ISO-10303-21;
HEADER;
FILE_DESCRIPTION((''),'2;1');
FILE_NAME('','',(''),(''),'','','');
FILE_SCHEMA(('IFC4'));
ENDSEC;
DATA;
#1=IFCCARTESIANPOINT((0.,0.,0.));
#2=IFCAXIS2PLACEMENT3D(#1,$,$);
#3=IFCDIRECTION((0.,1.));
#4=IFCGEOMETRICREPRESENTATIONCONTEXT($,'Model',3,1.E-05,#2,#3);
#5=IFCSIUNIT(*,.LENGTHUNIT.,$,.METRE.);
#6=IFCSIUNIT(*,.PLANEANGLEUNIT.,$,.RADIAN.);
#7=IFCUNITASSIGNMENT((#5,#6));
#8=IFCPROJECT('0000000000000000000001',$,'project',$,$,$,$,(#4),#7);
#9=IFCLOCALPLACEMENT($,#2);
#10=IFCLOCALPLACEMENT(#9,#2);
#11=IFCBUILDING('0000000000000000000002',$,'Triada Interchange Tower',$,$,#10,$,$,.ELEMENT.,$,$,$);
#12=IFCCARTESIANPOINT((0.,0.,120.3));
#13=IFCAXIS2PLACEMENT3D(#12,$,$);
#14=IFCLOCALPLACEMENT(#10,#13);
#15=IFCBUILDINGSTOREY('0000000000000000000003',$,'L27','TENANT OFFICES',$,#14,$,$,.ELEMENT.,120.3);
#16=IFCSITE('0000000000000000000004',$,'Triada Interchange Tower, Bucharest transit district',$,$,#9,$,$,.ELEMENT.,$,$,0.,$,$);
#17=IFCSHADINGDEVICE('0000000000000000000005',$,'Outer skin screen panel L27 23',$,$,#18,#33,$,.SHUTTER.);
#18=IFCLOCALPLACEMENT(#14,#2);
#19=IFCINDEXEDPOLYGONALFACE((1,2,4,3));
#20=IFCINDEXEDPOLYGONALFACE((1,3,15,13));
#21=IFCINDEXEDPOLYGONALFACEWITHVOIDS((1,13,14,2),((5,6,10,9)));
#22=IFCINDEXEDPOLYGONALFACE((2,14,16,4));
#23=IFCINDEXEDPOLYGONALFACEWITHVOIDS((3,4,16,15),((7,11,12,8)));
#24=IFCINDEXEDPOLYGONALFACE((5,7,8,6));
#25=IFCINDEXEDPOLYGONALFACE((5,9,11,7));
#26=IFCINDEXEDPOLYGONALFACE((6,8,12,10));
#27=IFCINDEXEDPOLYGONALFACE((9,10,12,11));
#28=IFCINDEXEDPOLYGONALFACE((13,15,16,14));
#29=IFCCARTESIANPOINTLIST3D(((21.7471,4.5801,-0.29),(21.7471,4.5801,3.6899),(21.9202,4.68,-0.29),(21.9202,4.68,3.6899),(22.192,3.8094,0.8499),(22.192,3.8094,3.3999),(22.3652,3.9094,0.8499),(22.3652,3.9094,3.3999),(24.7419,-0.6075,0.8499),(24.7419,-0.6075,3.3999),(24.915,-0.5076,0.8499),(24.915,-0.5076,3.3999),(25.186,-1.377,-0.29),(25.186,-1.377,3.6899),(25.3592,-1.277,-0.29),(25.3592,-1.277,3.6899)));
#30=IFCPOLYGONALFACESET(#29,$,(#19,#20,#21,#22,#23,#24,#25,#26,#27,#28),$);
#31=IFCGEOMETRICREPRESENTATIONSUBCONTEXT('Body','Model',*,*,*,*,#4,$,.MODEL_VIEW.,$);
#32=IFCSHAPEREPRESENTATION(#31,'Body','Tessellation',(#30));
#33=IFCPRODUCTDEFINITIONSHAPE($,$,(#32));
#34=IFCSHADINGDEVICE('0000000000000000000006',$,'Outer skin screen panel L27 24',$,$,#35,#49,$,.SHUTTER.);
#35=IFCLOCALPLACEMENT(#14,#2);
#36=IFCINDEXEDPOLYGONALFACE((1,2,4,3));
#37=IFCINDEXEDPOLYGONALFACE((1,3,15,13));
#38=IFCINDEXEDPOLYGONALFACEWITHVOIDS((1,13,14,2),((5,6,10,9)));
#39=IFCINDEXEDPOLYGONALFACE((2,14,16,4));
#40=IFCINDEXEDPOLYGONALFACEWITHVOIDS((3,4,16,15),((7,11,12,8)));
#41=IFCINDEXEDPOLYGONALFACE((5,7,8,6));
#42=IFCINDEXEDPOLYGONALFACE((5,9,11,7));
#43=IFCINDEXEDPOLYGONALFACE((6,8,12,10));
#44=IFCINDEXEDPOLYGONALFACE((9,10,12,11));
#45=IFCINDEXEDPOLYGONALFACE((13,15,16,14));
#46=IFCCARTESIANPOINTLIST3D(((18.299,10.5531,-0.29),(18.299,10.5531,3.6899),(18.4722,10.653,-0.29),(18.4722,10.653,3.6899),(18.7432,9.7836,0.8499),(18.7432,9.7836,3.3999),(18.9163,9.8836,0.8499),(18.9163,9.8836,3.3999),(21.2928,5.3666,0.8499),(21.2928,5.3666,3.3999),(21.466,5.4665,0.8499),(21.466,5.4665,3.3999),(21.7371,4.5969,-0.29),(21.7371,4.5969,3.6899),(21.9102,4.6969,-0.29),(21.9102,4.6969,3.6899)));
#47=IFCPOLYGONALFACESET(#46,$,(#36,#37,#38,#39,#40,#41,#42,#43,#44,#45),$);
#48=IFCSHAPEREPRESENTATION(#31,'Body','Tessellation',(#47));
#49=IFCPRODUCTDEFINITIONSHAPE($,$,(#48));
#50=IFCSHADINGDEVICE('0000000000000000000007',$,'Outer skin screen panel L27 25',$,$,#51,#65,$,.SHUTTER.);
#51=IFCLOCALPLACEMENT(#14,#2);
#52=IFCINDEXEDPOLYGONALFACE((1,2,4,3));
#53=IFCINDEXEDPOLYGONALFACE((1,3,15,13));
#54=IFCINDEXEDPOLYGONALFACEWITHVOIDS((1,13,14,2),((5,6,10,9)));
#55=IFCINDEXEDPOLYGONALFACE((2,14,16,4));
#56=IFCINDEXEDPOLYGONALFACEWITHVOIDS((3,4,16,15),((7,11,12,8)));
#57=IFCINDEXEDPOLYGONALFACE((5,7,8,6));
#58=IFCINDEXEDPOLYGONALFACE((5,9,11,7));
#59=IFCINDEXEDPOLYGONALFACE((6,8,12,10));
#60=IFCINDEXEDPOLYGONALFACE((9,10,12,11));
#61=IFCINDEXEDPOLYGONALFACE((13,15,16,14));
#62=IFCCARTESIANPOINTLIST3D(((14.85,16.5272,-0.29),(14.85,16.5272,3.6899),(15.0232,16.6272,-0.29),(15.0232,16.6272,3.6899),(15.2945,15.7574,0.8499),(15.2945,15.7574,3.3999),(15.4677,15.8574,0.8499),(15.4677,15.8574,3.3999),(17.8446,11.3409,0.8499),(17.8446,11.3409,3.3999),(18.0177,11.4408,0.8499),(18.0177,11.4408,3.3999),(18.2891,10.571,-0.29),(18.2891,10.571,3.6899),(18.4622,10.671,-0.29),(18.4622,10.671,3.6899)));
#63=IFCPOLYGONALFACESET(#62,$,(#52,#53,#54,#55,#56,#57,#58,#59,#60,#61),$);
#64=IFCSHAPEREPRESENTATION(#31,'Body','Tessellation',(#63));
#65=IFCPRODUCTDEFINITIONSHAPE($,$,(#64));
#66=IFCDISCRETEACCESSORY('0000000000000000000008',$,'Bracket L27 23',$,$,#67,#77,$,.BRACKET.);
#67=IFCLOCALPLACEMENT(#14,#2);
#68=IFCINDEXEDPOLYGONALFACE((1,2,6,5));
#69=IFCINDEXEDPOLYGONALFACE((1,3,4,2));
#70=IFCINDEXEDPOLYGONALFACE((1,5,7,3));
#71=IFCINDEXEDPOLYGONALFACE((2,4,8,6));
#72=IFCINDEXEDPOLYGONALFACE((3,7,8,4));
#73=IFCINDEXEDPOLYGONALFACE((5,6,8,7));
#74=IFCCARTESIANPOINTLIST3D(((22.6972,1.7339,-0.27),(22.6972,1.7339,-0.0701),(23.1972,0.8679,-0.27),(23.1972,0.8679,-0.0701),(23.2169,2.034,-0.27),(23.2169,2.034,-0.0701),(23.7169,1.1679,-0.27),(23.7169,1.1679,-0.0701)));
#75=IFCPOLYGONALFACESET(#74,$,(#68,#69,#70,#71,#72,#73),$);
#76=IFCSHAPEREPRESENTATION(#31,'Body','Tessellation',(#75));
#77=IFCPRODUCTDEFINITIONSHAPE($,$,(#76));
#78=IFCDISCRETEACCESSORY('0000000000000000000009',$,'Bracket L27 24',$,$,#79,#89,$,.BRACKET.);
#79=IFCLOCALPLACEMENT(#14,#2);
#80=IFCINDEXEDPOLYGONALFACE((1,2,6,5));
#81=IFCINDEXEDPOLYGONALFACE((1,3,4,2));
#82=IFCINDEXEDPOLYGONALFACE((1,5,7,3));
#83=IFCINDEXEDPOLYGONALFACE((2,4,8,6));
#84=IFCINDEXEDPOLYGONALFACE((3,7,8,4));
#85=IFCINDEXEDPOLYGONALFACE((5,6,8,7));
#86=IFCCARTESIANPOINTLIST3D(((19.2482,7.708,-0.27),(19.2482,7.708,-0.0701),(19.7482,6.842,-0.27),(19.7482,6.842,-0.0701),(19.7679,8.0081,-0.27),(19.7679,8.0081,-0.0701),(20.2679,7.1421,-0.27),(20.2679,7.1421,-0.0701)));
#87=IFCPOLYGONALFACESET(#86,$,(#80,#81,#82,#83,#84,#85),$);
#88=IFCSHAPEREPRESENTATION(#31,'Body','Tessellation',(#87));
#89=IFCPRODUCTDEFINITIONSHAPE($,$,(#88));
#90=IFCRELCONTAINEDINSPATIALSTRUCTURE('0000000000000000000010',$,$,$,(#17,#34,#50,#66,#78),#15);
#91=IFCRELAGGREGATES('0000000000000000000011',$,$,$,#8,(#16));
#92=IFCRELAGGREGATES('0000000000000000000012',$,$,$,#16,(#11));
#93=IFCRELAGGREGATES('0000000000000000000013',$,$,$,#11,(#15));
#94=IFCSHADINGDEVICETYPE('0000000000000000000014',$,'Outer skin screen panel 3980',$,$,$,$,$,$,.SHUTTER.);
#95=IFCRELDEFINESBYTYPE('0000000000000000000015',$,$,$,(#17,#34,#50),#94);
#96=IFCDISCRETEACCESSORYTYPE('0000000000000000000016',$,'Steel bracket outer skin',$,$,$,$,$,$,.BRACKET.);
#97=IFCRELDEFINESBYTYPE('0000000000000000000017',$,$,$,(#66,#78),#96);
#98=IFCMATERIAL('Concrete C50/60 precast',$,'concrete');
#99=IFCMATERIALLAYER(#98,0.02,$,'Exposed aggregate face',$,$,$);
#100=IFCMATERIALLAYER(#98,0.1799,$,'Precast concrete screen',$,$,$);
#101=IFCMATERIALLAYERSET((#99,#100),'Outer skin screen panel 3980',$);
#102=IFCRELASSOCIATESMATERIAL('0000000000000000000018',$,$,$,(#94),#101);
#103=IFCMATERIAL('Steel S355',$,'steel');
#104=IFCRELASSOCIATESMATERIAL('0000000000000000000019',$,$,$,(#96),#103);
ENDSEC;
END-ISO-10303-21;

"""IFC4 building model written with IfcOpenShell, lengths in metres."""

from ifc_helpers import new_model, si_unit, direction, frame, origin, origin_2d, place, context, subcontext, project, spatial, polyline, rectangle, outline, extrude, material, layer, layer_set, type_object, element, save


model = new_model("IFC4")

# Units and contexts
model_context = context("Model", 3, precision=1e-05, world=origin(), true_north=direction((0.0, 1.0)))
body_context = subcontext(model_context, "Body", "Model", "MODEL_VIEW")
ifc_project = project(units=[si_unit("LENGTHUNIT", "METRE"), si_unit("PLANEANGLEUNIT", "RADIAN")], contexts=[model_context])

# Site, building, storey
site_placement = place(None, origin())
site = spatial("IfcSite", under=ifc_project, at=site_placement, Name="Triada Interchange Tower, Bucharest transit district", CompositionType="ELEMENT", RefElevation=0.0)
building_placement = place(site_placement, origin())
building = spatial("IfcBuilding", under=site, at=building_placement, Name="Triada Interchange Tower", CompositionType="ELEMENT")
storey_placement = place(building_placement, frame((0.0, 0.0, 120.3)))
storey = spatial("IfcBuildingStorey", under=building, at=storey_placement, Name="L27", Description="TENANT OFFICES", CompositionType="ELEMENT", Elevation=120.3)

# Shading devices
ifc_material_1 = material(Name="Concrete C50/60 precast", Category="concrete")
ifc_layer_1 = layer(ifc_material_1, 0.02, Name="Exposed aggregate face")
ifc_layer_2 = layer(ifc_material_1, 0.1799, Name="Precast concrete screen")
ifc_layer_set_1 = layer_set([ifc_layer_1, ifc_layer_2], Name="Outer skin screen panel 3980")
shading_device_type = type_object("IfcShadingDeviceType", Name="Outer skin screen panel 3980", PredefinedType="SHUTTER", material=ifc_layer_set_1)
shading_device_1_placement = place(storey_placement, frame((25.186, -1.377, -0.29), z_axis=(0.0, 0.0, 1.0), x_axis=(-0.499964, 0.866046, 0.0)))
element("IfcShadingDevice", 1, at=shading_device_1_placement, inside=storey, type_object=shading_device_type, Name="Outer skin screen panel L27 23", PredefinedType="SHUTTER", context=body_context, shape_type="SweptSolid", body=[
    extrude(outline(polyline([(0.0, 0.0), (6.8784, 0.0), (6.8784, 3.98), (0.0, 3.98), (0.0, 0.0)]), holes=[polyline([(0.8884, 1.1399), (0.8884, 3.6899), (5.9885, 3.6899), (5.9885, 1.1399), (0.8884, 1.1399)])]), frame((0.0, 0.0, 0.0), z_axis=(0.0, -1.0, 0.0), x_axis=(1.0, 0.0, 0.0)), (0.0, 0.0, 1.0), 0.2),
])
shading_device_2_placement = place(storey_placement, frame((21.7371, 4.5969, -0.29), z_axis=(0.0, 0.0, 1.0), x_axis=(-0.499919, 0.866072, 0.0)))
element("IfcShadingDevice", 2, at=shading_device_2_placement, inside=storey, type_object=shading_device_type, Name="Outer skin screen panel L27 24", PredefinedType="SHUTTER", context=body_context, shape_type="SweptSolid", body=[
    extrude(outline(polyline([(0.0, 0.0), (6.8772, 0.0), (6.8772, 3.98), (0.0, 3.98), (0.0, 0.0)]), holes=[polyline([(0.8887, 1.1399), (0.8887, 3.6899), (5.9888, 3.6899), (5.9888, 1.1399), (0.8887, 1.1399)])]), frame((0.0, 0.0, 0.0), z_axis=(0.0, -1.0, 0.0), x_axis=(1.0, 0.0, 0.0)), (0.0, 0.0, 1.0), 0.2),
])
shading_device_3_placement = place(storey_placement, frame((18.2891, 10.571, -0.29), z_axis=(0.0, 0.0, 1.0), x_axis=(-0.500026, 0.866011, 0.0)))
element("IfcShadingDevice", 3, at=shading_device_3_placement, inside=storey, type_object=shading_device_type, Name="Outer skin screen panel L27 25", PredefinedType="SHUTTER", context=body_context, shape_type="SweptSolid", body=[
    extrude(outline(polyline([(0.0, 0.0), (6.8777, 0.0), (6.8777, 3.98), (0.0, 3.98), (0.0, 0.0)]), holes=[polyline([(0.8889, 1.1399), (0.8889, 3.6899), (5.9888, 3.6899), (5.9888, 1.1399), (0.8889, 1.1399)])]), frame((0.0, 0.0, 0.0), z_axis=(0.0, -1.0, 0.0), x_axis=(1.0, 0.0, 0.0)), (0.0, 0.0, 1.0), 0.2),
])

# Discrete accessories
ifc_material_2 = material(Name="Steel S355", Category="steel")
discrete_accessory_type = type_object("IfcDiscreteAccessoryType", Name="Steel bracket outer skin", PredefinedType="BRACKET", material=ifc_material_2)
for number, where, z_axis, x_axis, name in (
    (4, (23.207, 1.4509, -0.27), (0.0, 0.0, 1.0), (0.866028, 0.499995, 0.0), "Bracket L27 23"),
    (5, (19.7581, 7.425, -0.27), (0.0, 0.0, 1.0), (0.866028, 0.499995, 0.0), "Bracket L27 24"),
):
    element("IfcDiscreteAccessory", number, at=place(storey_placement, frame(where, z_axis=z_axis, x_axis=x_axis)), inside=storey, type_object=discrete_accessory_type, Name=name, PredefinedType="BRACKET", context=body_context, shape_type="SweptSolid", body=[
        extrude(rectangle(XDim=0.6001, YDim=1.0, at=origin_2d()), origin(), (0.0, 0.0, 1.0), 0.2),
    ])

save(model, "model.ifc")
